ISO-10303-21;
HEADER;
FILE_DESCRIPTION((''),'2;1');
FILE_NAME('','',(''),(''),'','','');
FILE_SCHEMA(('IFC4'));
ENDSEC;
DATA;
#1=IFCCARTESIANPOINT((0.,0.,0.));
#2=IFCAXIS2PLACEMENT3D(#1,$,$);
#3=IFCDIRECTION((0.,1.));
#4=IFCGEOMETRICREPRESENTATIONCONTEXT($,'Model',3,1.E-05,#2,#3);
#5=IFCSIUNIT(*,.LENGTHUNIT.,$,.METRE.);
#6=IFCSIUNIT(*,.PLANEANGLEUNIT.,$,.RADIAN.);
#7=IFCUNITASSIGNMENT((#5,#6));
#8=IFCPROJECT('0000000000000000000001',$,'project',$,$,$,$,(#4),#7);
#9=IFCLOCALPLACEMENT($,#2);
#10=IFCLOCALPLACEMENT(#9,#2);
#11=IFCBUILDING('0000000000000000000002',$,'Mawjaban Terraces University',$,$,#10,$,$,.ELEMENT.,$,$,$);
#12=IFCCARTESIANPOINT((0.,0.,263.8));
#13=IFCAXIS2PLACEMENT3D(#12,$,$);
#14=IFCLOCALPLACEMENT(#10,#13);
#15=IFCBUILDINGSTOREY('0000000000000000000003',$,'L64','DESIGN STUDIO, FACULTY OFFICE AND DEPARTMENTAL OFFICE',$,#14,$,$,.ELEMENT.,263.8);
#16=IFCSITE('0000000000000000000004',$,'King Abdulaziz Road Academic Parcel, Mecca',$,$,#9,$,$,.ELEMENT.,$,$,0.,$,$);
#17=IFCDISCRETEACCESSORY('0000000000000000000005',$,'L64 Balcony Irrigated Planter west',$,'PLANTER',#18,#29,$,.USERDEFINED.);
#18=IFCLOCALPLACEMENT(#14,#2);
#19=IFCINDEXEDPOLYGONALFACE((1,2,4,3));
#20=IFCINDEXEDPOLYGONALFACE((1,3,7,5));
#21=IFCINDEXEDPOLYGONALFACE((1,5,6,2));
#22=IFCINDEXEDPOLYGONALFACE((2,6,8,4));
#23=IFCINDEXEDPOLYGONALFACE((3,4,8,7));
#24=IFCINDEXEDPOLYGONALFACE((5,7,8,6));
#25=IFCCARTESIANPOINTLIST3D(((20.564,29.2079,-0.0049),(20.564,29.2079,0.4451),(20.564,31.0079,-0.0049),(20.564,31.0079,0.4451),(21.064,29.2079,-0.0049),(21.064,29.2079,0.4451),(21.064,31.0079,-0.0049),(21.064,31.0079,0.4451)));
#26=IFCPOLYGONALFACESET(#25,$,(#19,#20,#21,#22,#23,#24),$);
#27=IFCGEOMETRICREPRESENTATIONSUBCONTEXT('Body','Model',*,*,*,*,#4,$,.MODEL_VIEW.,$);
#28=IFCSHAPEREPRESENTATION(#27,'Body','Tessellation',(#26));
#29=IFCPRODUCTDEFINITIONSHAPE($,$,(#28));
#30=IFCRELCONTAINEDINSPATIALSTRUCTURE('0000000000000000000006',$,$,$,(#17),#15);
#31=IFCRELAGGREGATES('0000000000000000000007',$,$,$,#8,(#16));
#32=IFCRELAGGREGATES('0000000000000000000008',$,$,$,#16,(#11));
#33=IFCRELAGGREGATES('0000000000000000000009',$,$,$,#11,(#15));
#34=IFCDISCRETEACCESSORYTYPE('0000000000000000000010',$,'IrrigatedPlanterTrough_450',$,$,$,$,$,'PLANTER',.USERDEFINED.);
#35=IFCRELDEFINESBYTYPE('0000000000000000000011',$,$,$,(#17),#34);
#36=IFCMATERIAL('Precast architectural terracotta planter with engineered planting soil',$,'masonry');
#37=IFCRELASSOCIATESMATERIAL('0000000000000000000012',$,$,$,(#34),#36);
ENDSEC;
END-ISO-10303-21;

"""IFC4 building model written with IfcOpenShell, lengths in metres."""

from ifc_helpers import new_model, si_unit, direction, frame, origin, origin_2d, place, context, subcontext, project, spatial, rectangle, extrude, material, type_object, element, save


model = new_model("IFC4")

# Units and contexts
model_context = context("Model", 3, precision=1e-05, world=origin(), true_north=direction((0.0, 1.0)))
body_context = subcontext(model_context, "Body", "Model", "MODEL_VIEW")
ifc_project = project(units=[si_unit("LENGTHUNIT", "METRE"), si_unit("PLANEANGLEUNIT", "RADIAN")], contexts=[model_context])

# Site, building, storey
site_placement = place(None, origin())
site = spatial("IfcSite", under=ifc_project, at=site_placement, Name="King Abdulaziz Road Academic Parcel, Mecca", CompositionType="ELEMENT", RefElevation=0.0)
building_placement = place(site_placement, origin())
building = spatial("IfcBuilding", under=site, at=building_placement, Name="Mawjaban Terraces University", CompositionType="ELEMENT")
storey_placement = place(building_placement, frame((0.0, 0.0, 263.8)))
storey = spatial("IfcBuildingStorey", under=building, at=storey_placement, Name="L64", Description="DESIGN STUDIO, FACULTY OFFICE AND DEPARTMENTAL OFFICE", CompositionType="ELEMENT", Elevation=263.8)

# Discrete accessory
ifc_material_1 = material(Name="Precast architectural terracotta planter with engineered planting soil", Category="masonry")
discrete_accessory_type_1 = type_object("IfcDiscreteAccessoryType", Name="IrrigatedPlanterTrough_450", ElementType="PLANTER", PredefinedType="USERDEFINED", material=ifc_material_1)
discrete_accessory_1_placement = place(storey_placement, frame((20.814, 30.1079, -0.0049), z_axis=(0.0, 0.0, 1.0), x_axis=(0.0, 1.0, 0.0)))
element("IfcDiscreteAccessory", 1, at=discrete_accessory_1_placement, inside=storey, type_object=discrete_accessory_type_1, Name="L64 Balcony Irrigated Planter west", ObjectType="PLANTER", PredefinedType="USERDEFINED", context=body_context, shape_type="SweptSolid", body=[
    extrude(rectangle(XDim=1.8, YDim=0.5, at=origin_2d()), origin(), (0.0, 0.0, 1.0), 0.45),
])

save(model, "model.ifc")
